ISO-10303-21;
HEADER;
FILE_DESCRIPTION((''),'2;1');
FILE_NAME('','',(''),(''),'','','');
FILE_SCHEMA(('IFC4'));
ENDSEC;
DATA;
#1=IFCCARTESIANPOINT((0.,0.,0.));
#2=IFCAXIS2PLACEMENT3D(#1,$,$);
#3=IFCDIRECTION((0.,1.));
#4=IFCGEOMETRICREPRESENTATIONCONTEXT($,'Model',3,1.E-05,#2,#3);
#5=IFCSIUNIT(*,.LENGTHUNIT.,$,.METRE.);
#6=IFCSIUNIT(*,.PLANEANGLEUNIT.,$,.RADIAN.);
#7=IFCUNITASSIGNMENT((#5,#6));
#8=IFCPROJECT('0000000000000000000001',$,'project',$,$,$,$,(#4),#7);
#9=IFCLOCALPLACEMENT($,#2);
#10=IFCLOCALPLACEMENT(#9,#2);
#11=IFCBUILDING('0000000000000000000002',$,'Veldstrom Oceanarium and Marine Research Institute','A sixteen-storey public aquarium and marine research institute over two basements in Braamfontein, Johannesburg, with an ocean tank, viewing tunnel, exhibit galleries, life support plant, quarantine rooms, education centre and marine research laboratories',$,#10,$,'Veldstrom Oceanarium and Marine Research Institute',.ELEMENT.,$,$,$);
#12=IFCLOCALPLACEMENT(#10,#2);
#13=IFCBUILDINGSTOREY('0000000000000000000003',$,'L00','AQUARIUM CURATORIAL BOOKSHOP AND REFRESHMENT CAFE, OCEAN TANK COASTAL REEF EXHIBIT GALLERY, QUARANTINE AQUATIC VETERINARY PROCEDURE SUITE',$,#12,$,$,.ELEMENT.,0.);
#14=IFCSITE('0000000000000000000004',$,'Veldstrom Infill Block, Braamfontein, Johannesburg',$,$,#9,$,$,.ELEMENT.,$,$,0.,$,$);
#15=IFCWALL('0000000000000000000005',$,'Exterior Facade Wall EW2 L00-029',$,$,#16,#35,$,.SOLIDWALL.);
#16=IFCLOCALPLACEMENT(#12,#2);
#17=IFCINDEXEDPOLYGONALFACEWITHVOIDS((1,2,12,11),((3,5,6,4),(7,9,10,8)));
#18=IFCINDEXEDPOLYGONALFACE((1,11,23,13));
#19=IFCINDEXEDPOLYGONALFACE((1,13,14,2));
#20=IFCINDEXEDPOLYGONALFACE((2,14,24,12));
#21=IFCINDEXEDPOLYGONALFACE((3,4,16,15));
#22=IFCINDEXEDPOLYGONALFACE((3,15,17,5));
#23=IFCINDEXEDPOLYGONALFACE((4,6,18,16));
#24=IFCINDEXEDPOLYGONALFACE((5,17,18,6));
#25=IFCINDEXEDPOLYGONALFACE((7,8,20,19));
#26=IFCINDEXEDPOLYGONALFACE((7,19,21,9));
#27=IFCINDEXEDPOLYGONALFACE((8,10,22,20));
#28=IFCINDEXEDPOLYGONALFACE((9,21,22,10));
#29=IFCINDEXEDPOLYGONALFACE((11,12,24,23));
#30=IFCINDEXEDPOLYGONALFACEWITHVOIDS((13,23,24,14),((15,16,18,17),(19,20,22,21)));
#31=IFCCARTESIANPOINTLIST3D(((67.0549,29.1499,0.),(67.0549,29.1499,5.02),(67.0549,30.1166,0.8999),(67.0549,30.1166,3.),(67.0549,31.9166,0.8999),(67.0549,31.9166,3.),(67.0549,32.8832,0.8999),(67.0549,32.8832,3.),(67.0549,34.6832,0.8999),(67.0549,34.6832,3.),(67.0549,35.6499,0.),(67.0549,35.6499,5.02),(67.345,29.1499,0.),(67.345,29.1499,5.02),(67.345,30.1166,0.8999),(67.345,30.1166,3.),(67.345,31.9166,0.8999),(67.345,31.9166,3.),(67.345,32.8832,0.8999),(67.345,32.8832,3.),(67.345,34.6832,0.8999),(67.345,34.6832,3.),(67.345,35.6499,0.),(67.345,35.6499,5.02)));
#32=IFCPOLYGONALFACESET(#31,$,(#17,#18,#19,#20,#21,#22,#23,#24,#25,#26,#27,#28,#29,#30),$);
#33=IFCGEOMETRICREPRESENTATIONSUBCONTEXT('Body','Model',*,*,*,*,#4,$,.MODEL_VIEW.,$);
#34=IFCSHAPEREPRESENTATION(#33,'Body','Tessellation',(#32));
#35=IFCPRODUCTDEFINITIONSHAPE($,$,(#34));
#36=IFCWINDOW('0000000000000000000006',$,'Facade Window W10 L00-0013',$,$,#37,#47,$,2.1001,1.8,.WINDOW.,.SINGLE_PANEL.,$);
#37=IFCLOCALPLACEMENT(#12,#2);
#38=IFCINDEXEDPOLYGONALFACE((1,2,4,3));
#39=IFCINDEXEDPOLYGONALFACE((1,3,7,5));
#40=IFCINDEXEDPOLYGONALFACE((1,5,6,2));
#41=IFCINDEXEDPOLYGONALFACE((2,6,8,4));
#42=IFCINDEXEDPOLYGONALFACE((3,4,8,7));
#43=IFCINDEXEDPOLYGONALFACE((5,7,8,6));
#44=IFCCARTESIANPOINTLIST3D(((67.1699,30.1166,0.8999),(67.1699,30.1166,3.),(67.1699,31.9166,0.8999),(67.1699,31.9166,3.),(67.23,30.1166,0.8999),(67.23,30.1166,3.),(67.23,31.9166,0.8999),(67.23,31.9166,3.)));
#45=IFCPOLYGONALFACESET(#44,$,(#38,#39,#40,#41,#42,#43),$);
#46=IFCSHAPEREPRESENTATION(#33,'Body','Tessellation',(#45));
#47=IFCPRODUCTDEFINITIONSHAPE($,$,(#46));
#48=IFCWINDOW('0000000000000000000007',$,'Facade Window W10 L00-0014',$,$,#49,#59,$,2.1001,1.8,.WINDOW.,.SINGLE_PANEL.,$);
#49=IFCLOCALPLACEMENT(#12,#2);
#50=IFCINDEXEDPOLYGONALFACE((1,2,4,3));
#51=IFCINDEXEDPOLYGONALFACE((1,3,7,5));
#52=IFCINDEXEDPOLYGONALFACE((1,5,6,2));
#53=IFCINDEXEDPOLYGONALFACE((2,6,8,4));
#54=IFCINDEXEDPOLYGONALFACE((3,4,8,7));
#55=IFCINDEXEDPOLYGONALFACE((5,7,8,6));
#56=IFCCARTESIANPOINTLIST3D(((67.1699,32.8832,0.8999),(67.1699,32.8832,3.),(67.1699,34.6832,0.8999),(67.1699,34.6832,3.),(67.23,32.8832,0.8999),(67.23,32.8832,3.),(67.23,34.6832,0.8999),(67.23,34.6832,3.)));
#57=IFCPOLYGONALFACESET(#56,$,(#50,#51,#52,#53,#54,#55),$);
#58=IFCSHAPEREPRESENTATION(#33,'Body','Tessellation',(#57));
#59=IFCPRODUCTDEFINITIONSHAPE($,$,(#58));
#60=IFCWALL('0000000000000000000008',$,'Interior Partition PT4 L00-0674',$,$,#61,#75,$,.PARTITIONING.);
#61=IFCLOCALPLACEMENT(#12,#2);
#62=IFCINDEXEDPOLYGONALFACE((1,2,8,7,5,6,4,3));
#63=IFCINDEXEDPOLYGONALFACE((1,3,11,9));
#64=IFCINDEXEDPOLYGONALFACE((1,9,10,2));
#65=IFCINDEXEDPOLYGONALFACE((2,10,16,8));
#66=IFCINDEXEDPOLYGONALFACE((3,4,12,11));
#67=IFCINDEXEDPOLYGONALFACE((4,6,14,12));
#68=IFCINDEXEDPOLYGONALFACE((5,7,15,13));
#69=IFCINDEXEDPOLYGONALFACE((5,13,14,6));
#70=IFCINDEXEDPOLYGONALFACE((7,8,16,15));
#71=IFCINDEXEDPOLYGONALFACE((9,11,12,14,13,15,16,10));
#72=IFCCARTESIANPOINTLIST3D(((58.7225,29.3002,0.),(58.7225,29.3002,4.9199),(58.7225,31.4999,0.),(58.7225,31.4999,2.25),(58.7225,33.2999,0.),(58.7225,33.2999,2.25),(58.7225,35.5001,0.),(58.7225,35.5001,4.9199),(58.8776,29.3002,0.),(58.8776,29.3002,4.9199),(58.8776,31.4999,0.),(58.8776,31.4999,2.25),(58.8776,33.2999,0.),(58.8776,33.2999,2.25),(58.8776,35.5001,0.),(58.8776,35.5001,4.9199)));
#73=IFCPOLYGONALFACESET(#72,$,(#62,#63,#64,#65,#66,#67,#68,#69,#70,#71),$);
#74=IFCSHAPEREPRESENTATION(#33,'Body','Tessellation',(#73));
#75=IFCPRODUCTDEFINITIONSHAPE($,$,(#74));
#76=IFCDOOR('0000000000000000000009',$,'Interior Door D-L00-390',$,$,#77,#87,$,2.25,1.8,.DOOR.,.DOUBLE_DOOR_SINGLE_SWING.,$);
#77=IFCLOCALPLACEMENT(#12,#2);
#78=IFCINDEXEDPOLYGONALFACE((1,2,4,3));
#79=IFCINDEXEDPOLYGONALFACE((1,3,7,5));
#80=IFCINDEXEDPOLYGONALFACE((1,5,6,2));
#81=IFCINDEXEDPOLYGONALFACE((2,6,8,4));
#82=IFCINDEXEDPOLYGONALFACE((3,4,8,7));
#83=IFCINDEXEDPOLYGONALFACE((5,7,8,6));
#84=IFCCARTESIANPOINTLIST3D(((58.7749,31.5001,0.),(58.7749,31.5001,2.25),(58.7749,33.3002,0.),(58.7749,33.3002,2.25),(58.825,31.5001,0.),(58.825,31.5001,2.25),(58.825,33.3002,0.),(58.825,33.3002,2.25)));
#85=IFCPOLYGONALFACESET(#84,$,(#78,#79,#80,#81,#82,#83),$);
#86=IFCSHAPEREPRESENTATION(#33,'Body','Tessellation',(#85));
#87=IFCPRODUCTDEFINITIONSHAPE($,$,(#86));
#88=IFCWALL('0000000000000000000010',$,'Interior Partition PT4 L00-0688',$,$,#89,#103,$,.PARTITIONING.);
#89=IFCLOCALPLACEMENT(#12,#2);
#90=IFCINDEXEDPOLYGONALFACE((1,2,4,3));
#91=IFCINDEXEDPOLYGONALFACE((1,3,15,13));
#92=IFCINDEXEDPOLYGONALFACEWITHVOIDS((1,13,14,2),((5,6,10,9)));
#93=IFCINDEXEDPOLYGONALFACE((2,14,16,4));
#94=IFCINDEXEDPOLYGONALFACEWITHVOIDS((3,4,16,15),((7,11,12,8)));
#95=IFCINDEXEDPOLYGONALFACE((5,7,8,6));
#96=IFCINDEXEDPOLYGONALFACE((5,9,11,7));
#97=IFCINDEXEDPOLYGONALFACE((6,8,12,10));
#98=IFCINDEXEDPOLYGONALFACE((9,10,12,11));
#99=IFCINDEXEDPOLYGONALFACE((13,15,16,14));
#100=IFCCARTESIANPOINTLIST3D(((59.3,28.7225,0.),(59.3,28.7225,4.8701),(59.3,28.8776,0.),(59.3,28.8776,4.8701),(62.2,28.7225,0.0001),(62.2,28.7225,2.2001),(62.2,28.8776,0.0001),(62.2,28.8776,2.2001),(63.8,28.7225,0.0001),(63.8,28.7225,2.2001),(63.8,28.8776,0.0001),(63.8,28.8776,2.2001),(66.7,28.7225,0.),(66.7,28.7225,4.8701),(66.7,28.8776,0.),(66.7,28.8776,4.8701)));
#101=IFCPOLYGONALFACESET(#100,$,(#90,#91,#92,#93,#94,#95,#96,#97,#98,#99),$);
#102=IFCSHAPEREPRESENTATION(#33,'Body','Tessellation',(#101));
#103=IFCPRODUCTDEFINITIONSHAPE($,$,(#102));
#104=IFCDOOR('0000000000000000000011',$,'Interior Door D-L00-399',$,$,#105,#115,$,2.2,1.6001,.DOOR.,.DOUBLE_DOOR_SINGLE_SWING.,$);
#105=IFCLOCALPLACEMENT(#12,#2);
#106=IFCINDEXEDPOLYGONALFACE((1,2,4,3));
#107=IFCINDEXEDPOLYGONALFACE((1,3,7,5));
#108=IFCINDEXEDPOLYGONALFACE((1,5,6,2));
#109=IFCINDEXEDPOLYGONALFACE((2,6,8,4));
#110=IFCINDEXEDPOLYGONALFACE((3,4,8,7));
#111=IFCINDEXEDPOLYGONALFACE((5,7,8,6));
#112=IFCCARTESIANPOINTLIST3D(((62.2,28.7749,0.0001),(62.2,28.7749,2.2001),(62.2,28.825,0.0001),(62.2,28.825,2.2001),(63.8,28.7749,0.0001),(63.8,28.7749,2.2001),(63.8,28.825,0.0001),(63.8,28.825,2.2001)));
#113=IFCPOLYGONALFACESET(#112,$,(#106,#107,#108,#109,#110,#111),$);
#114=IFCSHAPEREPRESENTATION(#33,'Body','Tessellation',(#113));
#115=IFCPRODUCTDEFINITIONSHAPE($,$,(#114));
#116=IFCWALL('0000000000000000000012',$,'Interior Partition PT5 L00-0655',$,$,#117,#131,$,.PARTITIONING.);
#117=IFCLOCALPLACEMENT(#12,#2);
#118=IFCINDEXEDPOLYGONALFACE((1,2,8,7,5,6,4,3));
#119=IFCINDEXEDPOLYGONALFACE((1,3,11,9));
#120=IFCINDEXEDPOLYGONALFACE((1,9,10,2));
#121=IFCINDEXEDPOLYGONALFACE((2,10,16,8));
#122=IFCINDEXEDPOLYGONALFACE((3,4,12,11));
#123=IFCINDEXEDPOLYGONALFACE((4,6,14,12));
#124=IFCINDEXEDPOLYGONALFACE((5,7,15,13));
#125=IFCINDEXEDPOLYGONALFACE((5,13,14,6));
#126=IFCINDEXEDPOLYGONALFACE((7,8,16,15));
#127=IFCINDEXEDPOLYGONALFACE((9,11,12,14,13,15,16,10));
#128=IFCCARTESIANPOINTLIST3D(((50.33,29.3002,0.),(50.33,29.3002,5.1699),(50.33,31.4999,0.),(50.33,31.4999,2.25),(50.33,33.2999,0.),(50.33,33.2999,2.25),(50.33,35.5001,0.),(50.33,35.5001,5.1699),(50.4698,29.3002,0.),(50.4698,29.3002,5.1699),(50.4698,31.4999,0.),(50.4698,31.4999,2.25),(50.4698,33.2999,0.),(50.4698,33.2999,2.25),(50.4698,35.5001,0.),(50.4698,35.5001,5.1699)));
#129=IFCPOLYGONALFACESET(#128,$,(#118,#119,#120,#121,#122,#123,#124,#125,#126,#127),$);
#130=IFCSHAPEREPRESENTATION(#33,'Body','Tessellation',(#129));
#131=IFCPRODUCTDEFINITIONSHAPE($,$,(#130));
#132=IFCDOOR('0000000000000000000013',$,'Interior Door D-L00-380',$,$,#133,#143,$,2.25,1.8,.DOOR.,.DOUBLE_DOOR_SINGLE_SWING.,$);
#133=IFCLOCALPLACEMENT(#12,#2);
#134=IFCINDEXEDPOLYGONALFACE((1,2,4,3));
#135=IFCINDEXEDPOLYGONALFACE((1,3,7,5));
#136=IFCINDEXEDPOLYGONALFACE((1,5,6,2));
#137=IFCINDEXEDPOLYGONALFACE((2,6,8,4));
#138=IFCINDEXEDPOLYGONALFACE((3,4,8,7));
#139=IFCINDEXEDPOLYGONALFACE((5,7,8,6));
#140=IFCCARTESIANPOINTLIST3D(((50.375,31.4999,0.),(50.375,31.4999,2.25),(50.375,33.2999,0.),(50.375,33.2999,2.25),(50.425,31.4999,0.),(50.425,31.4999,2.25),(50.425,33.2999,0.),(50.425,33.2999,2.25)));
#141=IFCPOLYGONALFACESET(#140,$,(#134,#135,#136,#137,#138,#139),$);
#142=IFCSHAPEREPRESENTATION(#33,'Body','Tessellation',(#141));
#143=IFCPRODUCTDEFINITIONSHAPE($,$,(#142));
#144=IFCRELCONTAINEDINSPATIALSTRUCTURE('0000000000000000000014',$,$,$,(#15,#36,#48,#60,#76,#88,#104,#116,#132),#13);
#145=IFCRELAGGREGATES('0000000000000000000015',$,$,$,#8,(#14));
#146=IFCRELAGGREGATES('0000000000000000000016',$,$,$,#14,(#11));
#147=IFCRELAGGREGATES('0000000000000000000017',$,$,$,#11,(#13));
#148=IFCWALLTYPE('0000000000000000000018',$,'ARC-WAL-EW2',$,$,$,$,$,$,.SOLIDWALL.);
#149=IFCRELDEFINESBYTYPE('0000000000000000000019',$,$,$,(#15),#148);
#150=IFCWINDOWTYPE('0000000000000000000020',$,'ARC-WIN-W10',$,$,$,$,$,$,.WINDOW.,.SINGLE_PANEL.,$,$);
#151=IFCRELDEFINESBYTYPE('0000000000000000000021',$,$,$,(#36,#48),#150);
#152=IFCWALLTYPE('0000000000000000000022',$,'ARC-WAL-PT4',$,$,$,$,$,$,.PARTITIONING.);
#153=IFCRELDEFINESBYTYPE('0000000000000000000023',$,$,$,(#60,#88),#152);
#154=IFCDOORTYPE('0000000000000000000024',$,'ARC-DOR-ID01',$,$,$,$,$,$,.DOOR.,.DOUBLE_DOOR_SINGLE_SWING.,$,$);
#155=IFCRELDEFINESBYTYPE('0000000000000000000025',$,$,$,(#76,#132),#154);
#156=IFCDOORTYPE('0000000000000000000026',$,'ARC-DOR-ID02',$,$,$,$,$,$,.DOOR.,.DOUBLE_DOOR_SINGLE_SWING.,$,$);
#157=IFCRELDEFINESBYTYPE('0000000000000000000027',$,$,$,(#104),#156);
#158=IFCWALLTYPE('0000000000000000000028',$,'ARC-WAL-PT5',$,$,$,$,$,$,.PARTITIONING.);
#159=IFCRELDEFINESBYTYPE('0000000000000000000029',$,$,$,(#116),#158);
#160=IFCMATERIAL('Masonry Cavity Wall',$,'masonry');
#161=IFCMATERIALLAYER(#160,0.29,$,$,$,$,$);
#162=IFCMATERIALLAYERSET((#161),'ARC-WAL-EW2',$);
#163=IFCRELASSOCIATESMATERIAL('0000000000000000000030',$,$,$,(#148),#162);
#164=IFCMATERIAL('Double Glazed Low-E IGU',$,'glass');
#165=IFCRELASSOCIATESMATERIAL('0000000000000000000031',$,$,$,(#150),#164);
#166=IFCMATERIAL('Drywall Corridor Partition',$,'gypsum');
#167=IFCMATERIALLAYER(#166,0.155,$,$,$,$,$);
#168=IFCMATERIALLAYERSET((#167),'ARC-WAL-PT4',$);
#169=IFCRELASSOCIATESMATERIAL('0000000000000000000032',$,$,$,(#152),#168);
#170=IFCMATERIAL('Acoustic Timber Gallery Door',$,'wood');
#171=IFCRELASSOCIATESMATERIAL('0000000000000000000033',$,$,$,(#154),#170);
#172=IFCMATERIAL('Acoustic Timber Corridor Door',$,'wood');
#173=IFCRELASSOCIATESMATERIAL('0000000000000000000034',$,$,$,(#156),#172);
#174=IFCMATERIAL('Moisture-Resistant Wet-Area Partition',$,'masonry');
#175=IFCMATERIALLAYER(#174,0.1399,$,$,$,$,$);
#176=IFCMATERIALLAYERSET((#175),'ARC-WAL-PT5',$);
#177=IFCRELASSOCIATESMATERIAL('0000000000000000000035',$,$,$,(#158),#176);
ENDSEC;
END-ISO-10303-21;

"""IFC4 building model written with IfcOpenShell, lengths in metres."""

from ifc_helpers import new_model, si_unit, direction, frame, frame_2d, origin, place, context, subcontext, project, spatial, rectangle, extrude, material, layer, layer_set, type_object, element, fill, save


model = new_model("IFC4")

# Units and contexts
model_context = context("Model", 3, precision=1e-05, world=origin(), true_north=direction((0.0, 1.0)))
body_context = subcontext(model_context, "Body", "Model", "MODEL_VIEW")
ifc_project = project(units=[si_unit("LENGTHUNIT", "METRE"), si_unit("PLANEANGLEUNIT", "RADIAN")], contexts=[model_context])

# Site, building, storey
site_placement = place(None, origin())
site = spatial("IfcSite", under=ifc_project, at=site_placement, Name="Veldstrom Infill Block, Braamfontein, Johannesburg", CompositionType="ELEMENT", RefElevation=0.0)
building_placement = place(site_placement, origin())
building = spatial("IfcBuilding", under=site, at=building_placement, Name="Veldstrom Oceanarium and Marine Research Institute", Description="A sixteen-storey public aquarium and marine research institute over two basements in Braamfontein, Johannesburg, with an ocean tank, viewing tunnel, exhibit galleries, life support plant, quarantine rooms, education centre and marine research laboratories", LongName="Veldstrom Oceanarium and Marine Research Institute", CompositionType="ELEMENT")
storey_placement = place(building_placement, origin())
storey = spatial("IfcBuildingStorey", under=building, at=storey_placement, Name="L00", Description="AQUARIUM CURATORIAL BOOKSHOP AND REFRESHMENT CAFE, OCEAN TANK COASTAL REEF EXHIBIT GALLERY, QUARANTINE AQUATIC VETERINARY PROCEDURE SUITE", CompositionType="ELEMENT", Elevation=0.0)

# Wall, openings, windows
ifc_material_1 = material(Name="Masonry Cavity Wall", Category="masonry")
ifc_layer_1 = layer(ifc_material_1, 0.29)
ifc_layer_set_1 = layer_set([ifc_layer_1], Name="ARC-WAL-EW2")
wall_type_1 = type_object("IfcWallType", Name="ARC-WAL-EW2", PredefinedType="SOLIDWALL", material=ifc_layer_set_1)
wall_1_placement = place(storey_placement, frame((67.2, 29.1499, 0.0), z_axis=(0.0, 0.0, 1.0), x_axis=(0.0, 1.0, 0.0)))
wall_1 = element("IfcWall", 1, at=wall_1_placement, inside=storey, type_object=wall_type_1, Name="Exterior Facade Wall EW2 L00-029", PredefinedType="SOLIDWALL", context=body_context, shape_type="SweptSolid", body=[
    extrude(rectangle(XDim=6.5, YDim=0.29, at=frame_2d((3.25, 0.0))), origin(), (0.0, 0.0, 1.0), 5.02),
])
opening_1_placement = place(wall_1_placement, frame((0.9668, 0.0, 0.8999)))
opening_1 = element("IfcOpeningElement", 2, at=opening_1_placement, cuts=wall_1, PredefinedType="OPENING", context=body_context, shape_type="SweptSolid", body=[
    extrude(rectangle(XDim=1.8, YDim=2.1001, at=frame_2d((0.8999, 1.05))), frame((0.0, 0.155, 0.0), z_axis=(0.0, -1.0, 0.0), x_axis=(1.0, 0.0, 0.0)), (0.0, 0.0, 1.0), 0.3101),
])
opening_2_placement = place(wall_1_placement, frame((3.7334, 0.0, 0.8999)))
opening_2 = element("IfcOpeningElement", 3, at=opening_2_placement, cuts=wall_1, PredefinedType="OPENING", context=body_context, shape_type="SweptSolid", body=[
    extrude(rectangle(XDim=1.8, YDim=2.1001, at=frame_2d((0.8999, 1.05))), frame((0.0, 0.155, 0.0), z_axis=(0.0, -1.0, 0.0), x_axis=(1.0, 0.0, 0.0)), (0.0, 0.0, 1.0), 0.3101),
])
ifc_material_2 = material(Name="Double Glazed Low-E IGU", Category="glass")
window_type = type_object("IfcWindowType", Name="ARC-WIN-W10", PartitioningType="SINGLE_PANEL", PredefinedType="WINDOW", material=ifc_material_2)
window_1_placement = place(opening_1_placement, origin())
window_1 = element("IfcWindow", 4, at=window_1_placement, inside=storey, type_object=window_type, Name="Facade Window W10 L00-0013", OverallHeight=2.1001, OverallWidth=1.8, PartitioningType="SINGLE_PANEL", PredefinedType="WINDOW", context=body_context, shape_type="SweptSolid", body=[
    extrude(rectangle(XDim=1.8, YDim=2.1001, at=frame_2d((0.8999, 1.05))), frame((0.0, 0.03, 0.0), z_axis=(0.0, -1.0, 0.0), x_axis=(1.0, 0.0, 0.0)), (0.0, 0.0, 1.0), 0.0601),
])
fill(opening_1, window_1)
window_2_placement = place(opening_2_placement, origin())
window_2 = element("IfcWindow", 5, at=window_2_placement, inside=storey, type_object=window_type, Name="Facade Window W10 L00-0014", OverallHeight=2.1001, OverallWidth=1.8, PartitioningType="SINGLE_PANEL", PredefinedType="WINDOW", context=body_context, shape_type="SweptSolid", body=[
    extrude(rectangle(XDim=1.8, YDim=2.1001, at=frame_2d((0.8999, 1.05))), frame((0.0, 0.03, 0.0), z_axis=(0.0, -1.0, 0.0), x_axis=(1.0, 0.0, 0.0)), (0.0, 0.0, 1.0), 0.0601),
])
fill(opening_2, window_2)

# Walls, openings, doors
ifc_material_3 = material(Name="Drywall Corridor Partition", Category="gypsum")
ifc_layer_2 = layer(ifc_material_3, 0.155)
ifc_layer_set_2 = layer_set([ifc_layer_2], Name="ARC-WAL-PT4")
wall_type_2 = type_object("IfcWallType", Name="ARC-WAL-PT4", PredefinedType="PARTITIONING", material=ifc_layer_set_2)
wall_2_placement = place(storey_placement, frame((58.8, 29.3, 0.0), z_axis=(0.0, 0.0, 1.0), x_axis=(0.0, 1.0, 0.0)))
wall_2 = element("IfcWall", 6, at=wall_2_placement, inside=storey, type_object=wall_type_2, Name="Interior Partition PT4 L00-0674", PredefinedType="PARTITIONING", context=body_context, shape_type="SweptSolid", body=[
    extrude(rectangle(XDim=6.2, YDim=0.155, at=frame_2d((3.1001, 0.0))), origin(), (0.0, 0.0, 1.0), 4.9199),
])
opening_3_placement = place(wall_2_placement, frame((2.2, 0.0, 0.0)))
opening_3 = element("IfcOpeningElement", 7, at=opening_3_placement, cuts=wall_2, PredefinedType="OPENING", context=body_context, shape_type="SweptSolid", body=[
    extrude(rectangle(XDim=1.8, YDim=2.25, at=frame_2d((0.8999, 1.125))), frame((0.0, 0.0874, 0.0), z_axis=(0.0, -1.0, 0.0), x_axis=(1.0, 0.0, 0.0)), (0.0, 0.0, 1.0), 0.175),
])
ifc_material_4 = material(Name="Acoustic Timber Gallery Door", Category="wood")
door_type_1 = type_object("IfcDoorType", Name="ARC-DOR-ID01", OperationType="DOUBLE_DOOR_SINGLE_SWING", PredefinedType="DOOR", material=ifc_material_4)
door_1_placement = place(opening_3_placement, frame((1.8, 0.0, 0.0), z_axis=(0.0, 0.0, 1.0), x_axis=(-1.0, 0.0, 0.0)))
door_1 = element("IfcDoor", 8, at=door_1_placement, inside=storey, type_object=door_type_1, Name="Interior Door D-L00-390", OperationType="DOUBLE_DOOR_SINGLE_SWING", OverallHeight=2.25, OverallWidth=1.8, PredefinedType="DOOR", context=body_context, shape_type="SweptSolid", body=[
    extrude(rectangle(XDim=1.8, YDim=2.25, at=frame_2d((0.8999, 1.125))), frame((0.0, 0.0249, 0.0), z_axis=(0.0, -1.0, 0.0), x_axis=(1.0, 0.0, 0.0)), (0.0, 0.0, 1.0), 0.05),
])
fill(opening_3, door_1)
wall_3_placement = place(storey_placement, frame((59.3, 28.8, 0.0), z_axis=(0.0, 0.0, 1.0), x_axis=(1.0, 0.0, 0.0)))
wall_3 = element("IfcWall", 9, at=wall_3_placement, inside=storey, type_object=wall_type_2, Name="Interior Partition PT4 L00-0688", PredefinedType="PARTITIONING", context=body_context, shape_type="SweptSolid", body=[
    extrude(rectangle(XDim=7.3999, YDim=0.155, at=frame_2d((3.7, 0.0))), origin(), (0.0, 0.0, 1.0), 4.8701),
])
opening_4_placement = place(wall_3_placement, frame((2.8999, 0.0, 0.0)))
opening_4 = element("IfcOpeningElement", 10, at=opening_4_placement, cuts=wall_3, PredefinedType="OPENING", context=body_context, shape_type="SweptSolid", body=[
    extrude(rectangle(XDim=1.6001, YDim=2.2, at=frame_2d((0.8, 1.1001))), frame((0.0, 0.0874, 0.0), z_axis=(0.0, -1.0, 0.0), x_axis=(1.0, 0.0, 0.0)), (0.0, 0.0, 1.0), 0.175),
])
ifc_material_5 = material(Name="Acoustic Timber Corridor Door", Category="wood")
door_type_2 = type_object("IfcDoorType", Name="ARC-DOR-ID02", OperationType="DOUBLE_DOOR_SINGLE_SWING", PredefinedType="DOOR", material=ifc_material_5)
door_2_placement = place(opening_4_placement, origin())
door_2 = element("IfcDoor", 11, at=door_2_placement, inside=storey, type_object=door_type_2, Name="Interior Door D-L00-399", OperationType="DOUBLE_DOOR_SINGLE_SWING", OverallHeight=2.2, OverallWidth=1.6001, PredefinedType="DOOR", context=body_context, shape_type="SweptSolid", body=[
    extrude(rectangle(XDim=1.6001, YDim=2.2, at=frame_2d((0.8, 1.1001))), frame((0.0, 0.0249, 0.0), z_axis=(0.0, -1.0, 0.0), x_axis=(1.0, 0.0, 0.0)), (0.0, 0.0, 1.0), 0.05),
])
fill(opening_4, door_2)
ifc_material_6 = material(Name="Moisture-Resistant Wet-Area Partition", Category="masonry")
ifc_layer_3 = layer(ifc_material_6, 0.1399)
ifc_layer_set_3 = layer_set([ifc_layer_3], Name="ARC-WAL-PT5")
wall_type_3 = type_object("IfcWallType", Name="ARC-WAL-PT5", PredefinedType="PARTITIONING", material=ifc_layer_set_3)
wall_4_placement = place(storey_placement, frame((50.3999, 29.3, 0.0), z_axis=(0.0, 0.0, 1.0), x_axis=(0.0, 1.0, 0.0)))
wall_4 = element("IfcWall", 12, at=wall_4_placement, inside=storey, type_object=wall_type_3, Name="Interior Partition PT5 L00-0655", PredefinedType="PARTITIONING", context=body_context, shape_type="SweptSolid", body=[
    extrude(rectangle(XDim=6.2, YDim=0.1399, at=frame_2d((3.1001, 0.0))), origin(), (0.0, 0.0, 1.0), 5.1699),
])
opening_5_placement = place(wall_4_placement, frame((2.2, 0.0, 0.0)))
opening_5 = element("IfcOpeningElement", 13, at=opening_5_placement, cuts=wall_4, PredefinedType="OPENING", context=body_context, shape_type="SweptSolid", body=[
    extrude(rectangle(XDim=1.8, YDim=2.25, at=frame_2d((0.8999, 1.125))), frame((0.0, 0.0798, 0.0), z_axis=(0.0, -1.0, 0.0), x_axis=(1.0, 0.0, 0.0)), (0.0, 0.0, 1.0), 0.1599),
])
door_3_placement = place(opening_5_placement, origin())
door_3 = element("IfcDoor", 14, at=door_3_placement, inside=storey, type_object=door_type_1, Name="Interior Door D-L00-380", OperationType="DOUBLE_DOOR_SINGLE_SWING", OverallHeight=2.25, OverallWidth=1.8, PredefinedType="DOOR", context=body_context, shape_type="SweptSolid", body=[
    extrude(rectangle(XDim=1.8, YDim=2.25, at=frame_2d((0.8999, 1.125))), frame((0.0, 0.0249, 0.0), z_axis=(0.0, -1.0, 0.0), x_axis=(1.0, 0.0, 0.0)), (0.0, 0.0, 1.0), 0.05),
])
fill(opening_5, door_3)

save(model, "model.ifc")
